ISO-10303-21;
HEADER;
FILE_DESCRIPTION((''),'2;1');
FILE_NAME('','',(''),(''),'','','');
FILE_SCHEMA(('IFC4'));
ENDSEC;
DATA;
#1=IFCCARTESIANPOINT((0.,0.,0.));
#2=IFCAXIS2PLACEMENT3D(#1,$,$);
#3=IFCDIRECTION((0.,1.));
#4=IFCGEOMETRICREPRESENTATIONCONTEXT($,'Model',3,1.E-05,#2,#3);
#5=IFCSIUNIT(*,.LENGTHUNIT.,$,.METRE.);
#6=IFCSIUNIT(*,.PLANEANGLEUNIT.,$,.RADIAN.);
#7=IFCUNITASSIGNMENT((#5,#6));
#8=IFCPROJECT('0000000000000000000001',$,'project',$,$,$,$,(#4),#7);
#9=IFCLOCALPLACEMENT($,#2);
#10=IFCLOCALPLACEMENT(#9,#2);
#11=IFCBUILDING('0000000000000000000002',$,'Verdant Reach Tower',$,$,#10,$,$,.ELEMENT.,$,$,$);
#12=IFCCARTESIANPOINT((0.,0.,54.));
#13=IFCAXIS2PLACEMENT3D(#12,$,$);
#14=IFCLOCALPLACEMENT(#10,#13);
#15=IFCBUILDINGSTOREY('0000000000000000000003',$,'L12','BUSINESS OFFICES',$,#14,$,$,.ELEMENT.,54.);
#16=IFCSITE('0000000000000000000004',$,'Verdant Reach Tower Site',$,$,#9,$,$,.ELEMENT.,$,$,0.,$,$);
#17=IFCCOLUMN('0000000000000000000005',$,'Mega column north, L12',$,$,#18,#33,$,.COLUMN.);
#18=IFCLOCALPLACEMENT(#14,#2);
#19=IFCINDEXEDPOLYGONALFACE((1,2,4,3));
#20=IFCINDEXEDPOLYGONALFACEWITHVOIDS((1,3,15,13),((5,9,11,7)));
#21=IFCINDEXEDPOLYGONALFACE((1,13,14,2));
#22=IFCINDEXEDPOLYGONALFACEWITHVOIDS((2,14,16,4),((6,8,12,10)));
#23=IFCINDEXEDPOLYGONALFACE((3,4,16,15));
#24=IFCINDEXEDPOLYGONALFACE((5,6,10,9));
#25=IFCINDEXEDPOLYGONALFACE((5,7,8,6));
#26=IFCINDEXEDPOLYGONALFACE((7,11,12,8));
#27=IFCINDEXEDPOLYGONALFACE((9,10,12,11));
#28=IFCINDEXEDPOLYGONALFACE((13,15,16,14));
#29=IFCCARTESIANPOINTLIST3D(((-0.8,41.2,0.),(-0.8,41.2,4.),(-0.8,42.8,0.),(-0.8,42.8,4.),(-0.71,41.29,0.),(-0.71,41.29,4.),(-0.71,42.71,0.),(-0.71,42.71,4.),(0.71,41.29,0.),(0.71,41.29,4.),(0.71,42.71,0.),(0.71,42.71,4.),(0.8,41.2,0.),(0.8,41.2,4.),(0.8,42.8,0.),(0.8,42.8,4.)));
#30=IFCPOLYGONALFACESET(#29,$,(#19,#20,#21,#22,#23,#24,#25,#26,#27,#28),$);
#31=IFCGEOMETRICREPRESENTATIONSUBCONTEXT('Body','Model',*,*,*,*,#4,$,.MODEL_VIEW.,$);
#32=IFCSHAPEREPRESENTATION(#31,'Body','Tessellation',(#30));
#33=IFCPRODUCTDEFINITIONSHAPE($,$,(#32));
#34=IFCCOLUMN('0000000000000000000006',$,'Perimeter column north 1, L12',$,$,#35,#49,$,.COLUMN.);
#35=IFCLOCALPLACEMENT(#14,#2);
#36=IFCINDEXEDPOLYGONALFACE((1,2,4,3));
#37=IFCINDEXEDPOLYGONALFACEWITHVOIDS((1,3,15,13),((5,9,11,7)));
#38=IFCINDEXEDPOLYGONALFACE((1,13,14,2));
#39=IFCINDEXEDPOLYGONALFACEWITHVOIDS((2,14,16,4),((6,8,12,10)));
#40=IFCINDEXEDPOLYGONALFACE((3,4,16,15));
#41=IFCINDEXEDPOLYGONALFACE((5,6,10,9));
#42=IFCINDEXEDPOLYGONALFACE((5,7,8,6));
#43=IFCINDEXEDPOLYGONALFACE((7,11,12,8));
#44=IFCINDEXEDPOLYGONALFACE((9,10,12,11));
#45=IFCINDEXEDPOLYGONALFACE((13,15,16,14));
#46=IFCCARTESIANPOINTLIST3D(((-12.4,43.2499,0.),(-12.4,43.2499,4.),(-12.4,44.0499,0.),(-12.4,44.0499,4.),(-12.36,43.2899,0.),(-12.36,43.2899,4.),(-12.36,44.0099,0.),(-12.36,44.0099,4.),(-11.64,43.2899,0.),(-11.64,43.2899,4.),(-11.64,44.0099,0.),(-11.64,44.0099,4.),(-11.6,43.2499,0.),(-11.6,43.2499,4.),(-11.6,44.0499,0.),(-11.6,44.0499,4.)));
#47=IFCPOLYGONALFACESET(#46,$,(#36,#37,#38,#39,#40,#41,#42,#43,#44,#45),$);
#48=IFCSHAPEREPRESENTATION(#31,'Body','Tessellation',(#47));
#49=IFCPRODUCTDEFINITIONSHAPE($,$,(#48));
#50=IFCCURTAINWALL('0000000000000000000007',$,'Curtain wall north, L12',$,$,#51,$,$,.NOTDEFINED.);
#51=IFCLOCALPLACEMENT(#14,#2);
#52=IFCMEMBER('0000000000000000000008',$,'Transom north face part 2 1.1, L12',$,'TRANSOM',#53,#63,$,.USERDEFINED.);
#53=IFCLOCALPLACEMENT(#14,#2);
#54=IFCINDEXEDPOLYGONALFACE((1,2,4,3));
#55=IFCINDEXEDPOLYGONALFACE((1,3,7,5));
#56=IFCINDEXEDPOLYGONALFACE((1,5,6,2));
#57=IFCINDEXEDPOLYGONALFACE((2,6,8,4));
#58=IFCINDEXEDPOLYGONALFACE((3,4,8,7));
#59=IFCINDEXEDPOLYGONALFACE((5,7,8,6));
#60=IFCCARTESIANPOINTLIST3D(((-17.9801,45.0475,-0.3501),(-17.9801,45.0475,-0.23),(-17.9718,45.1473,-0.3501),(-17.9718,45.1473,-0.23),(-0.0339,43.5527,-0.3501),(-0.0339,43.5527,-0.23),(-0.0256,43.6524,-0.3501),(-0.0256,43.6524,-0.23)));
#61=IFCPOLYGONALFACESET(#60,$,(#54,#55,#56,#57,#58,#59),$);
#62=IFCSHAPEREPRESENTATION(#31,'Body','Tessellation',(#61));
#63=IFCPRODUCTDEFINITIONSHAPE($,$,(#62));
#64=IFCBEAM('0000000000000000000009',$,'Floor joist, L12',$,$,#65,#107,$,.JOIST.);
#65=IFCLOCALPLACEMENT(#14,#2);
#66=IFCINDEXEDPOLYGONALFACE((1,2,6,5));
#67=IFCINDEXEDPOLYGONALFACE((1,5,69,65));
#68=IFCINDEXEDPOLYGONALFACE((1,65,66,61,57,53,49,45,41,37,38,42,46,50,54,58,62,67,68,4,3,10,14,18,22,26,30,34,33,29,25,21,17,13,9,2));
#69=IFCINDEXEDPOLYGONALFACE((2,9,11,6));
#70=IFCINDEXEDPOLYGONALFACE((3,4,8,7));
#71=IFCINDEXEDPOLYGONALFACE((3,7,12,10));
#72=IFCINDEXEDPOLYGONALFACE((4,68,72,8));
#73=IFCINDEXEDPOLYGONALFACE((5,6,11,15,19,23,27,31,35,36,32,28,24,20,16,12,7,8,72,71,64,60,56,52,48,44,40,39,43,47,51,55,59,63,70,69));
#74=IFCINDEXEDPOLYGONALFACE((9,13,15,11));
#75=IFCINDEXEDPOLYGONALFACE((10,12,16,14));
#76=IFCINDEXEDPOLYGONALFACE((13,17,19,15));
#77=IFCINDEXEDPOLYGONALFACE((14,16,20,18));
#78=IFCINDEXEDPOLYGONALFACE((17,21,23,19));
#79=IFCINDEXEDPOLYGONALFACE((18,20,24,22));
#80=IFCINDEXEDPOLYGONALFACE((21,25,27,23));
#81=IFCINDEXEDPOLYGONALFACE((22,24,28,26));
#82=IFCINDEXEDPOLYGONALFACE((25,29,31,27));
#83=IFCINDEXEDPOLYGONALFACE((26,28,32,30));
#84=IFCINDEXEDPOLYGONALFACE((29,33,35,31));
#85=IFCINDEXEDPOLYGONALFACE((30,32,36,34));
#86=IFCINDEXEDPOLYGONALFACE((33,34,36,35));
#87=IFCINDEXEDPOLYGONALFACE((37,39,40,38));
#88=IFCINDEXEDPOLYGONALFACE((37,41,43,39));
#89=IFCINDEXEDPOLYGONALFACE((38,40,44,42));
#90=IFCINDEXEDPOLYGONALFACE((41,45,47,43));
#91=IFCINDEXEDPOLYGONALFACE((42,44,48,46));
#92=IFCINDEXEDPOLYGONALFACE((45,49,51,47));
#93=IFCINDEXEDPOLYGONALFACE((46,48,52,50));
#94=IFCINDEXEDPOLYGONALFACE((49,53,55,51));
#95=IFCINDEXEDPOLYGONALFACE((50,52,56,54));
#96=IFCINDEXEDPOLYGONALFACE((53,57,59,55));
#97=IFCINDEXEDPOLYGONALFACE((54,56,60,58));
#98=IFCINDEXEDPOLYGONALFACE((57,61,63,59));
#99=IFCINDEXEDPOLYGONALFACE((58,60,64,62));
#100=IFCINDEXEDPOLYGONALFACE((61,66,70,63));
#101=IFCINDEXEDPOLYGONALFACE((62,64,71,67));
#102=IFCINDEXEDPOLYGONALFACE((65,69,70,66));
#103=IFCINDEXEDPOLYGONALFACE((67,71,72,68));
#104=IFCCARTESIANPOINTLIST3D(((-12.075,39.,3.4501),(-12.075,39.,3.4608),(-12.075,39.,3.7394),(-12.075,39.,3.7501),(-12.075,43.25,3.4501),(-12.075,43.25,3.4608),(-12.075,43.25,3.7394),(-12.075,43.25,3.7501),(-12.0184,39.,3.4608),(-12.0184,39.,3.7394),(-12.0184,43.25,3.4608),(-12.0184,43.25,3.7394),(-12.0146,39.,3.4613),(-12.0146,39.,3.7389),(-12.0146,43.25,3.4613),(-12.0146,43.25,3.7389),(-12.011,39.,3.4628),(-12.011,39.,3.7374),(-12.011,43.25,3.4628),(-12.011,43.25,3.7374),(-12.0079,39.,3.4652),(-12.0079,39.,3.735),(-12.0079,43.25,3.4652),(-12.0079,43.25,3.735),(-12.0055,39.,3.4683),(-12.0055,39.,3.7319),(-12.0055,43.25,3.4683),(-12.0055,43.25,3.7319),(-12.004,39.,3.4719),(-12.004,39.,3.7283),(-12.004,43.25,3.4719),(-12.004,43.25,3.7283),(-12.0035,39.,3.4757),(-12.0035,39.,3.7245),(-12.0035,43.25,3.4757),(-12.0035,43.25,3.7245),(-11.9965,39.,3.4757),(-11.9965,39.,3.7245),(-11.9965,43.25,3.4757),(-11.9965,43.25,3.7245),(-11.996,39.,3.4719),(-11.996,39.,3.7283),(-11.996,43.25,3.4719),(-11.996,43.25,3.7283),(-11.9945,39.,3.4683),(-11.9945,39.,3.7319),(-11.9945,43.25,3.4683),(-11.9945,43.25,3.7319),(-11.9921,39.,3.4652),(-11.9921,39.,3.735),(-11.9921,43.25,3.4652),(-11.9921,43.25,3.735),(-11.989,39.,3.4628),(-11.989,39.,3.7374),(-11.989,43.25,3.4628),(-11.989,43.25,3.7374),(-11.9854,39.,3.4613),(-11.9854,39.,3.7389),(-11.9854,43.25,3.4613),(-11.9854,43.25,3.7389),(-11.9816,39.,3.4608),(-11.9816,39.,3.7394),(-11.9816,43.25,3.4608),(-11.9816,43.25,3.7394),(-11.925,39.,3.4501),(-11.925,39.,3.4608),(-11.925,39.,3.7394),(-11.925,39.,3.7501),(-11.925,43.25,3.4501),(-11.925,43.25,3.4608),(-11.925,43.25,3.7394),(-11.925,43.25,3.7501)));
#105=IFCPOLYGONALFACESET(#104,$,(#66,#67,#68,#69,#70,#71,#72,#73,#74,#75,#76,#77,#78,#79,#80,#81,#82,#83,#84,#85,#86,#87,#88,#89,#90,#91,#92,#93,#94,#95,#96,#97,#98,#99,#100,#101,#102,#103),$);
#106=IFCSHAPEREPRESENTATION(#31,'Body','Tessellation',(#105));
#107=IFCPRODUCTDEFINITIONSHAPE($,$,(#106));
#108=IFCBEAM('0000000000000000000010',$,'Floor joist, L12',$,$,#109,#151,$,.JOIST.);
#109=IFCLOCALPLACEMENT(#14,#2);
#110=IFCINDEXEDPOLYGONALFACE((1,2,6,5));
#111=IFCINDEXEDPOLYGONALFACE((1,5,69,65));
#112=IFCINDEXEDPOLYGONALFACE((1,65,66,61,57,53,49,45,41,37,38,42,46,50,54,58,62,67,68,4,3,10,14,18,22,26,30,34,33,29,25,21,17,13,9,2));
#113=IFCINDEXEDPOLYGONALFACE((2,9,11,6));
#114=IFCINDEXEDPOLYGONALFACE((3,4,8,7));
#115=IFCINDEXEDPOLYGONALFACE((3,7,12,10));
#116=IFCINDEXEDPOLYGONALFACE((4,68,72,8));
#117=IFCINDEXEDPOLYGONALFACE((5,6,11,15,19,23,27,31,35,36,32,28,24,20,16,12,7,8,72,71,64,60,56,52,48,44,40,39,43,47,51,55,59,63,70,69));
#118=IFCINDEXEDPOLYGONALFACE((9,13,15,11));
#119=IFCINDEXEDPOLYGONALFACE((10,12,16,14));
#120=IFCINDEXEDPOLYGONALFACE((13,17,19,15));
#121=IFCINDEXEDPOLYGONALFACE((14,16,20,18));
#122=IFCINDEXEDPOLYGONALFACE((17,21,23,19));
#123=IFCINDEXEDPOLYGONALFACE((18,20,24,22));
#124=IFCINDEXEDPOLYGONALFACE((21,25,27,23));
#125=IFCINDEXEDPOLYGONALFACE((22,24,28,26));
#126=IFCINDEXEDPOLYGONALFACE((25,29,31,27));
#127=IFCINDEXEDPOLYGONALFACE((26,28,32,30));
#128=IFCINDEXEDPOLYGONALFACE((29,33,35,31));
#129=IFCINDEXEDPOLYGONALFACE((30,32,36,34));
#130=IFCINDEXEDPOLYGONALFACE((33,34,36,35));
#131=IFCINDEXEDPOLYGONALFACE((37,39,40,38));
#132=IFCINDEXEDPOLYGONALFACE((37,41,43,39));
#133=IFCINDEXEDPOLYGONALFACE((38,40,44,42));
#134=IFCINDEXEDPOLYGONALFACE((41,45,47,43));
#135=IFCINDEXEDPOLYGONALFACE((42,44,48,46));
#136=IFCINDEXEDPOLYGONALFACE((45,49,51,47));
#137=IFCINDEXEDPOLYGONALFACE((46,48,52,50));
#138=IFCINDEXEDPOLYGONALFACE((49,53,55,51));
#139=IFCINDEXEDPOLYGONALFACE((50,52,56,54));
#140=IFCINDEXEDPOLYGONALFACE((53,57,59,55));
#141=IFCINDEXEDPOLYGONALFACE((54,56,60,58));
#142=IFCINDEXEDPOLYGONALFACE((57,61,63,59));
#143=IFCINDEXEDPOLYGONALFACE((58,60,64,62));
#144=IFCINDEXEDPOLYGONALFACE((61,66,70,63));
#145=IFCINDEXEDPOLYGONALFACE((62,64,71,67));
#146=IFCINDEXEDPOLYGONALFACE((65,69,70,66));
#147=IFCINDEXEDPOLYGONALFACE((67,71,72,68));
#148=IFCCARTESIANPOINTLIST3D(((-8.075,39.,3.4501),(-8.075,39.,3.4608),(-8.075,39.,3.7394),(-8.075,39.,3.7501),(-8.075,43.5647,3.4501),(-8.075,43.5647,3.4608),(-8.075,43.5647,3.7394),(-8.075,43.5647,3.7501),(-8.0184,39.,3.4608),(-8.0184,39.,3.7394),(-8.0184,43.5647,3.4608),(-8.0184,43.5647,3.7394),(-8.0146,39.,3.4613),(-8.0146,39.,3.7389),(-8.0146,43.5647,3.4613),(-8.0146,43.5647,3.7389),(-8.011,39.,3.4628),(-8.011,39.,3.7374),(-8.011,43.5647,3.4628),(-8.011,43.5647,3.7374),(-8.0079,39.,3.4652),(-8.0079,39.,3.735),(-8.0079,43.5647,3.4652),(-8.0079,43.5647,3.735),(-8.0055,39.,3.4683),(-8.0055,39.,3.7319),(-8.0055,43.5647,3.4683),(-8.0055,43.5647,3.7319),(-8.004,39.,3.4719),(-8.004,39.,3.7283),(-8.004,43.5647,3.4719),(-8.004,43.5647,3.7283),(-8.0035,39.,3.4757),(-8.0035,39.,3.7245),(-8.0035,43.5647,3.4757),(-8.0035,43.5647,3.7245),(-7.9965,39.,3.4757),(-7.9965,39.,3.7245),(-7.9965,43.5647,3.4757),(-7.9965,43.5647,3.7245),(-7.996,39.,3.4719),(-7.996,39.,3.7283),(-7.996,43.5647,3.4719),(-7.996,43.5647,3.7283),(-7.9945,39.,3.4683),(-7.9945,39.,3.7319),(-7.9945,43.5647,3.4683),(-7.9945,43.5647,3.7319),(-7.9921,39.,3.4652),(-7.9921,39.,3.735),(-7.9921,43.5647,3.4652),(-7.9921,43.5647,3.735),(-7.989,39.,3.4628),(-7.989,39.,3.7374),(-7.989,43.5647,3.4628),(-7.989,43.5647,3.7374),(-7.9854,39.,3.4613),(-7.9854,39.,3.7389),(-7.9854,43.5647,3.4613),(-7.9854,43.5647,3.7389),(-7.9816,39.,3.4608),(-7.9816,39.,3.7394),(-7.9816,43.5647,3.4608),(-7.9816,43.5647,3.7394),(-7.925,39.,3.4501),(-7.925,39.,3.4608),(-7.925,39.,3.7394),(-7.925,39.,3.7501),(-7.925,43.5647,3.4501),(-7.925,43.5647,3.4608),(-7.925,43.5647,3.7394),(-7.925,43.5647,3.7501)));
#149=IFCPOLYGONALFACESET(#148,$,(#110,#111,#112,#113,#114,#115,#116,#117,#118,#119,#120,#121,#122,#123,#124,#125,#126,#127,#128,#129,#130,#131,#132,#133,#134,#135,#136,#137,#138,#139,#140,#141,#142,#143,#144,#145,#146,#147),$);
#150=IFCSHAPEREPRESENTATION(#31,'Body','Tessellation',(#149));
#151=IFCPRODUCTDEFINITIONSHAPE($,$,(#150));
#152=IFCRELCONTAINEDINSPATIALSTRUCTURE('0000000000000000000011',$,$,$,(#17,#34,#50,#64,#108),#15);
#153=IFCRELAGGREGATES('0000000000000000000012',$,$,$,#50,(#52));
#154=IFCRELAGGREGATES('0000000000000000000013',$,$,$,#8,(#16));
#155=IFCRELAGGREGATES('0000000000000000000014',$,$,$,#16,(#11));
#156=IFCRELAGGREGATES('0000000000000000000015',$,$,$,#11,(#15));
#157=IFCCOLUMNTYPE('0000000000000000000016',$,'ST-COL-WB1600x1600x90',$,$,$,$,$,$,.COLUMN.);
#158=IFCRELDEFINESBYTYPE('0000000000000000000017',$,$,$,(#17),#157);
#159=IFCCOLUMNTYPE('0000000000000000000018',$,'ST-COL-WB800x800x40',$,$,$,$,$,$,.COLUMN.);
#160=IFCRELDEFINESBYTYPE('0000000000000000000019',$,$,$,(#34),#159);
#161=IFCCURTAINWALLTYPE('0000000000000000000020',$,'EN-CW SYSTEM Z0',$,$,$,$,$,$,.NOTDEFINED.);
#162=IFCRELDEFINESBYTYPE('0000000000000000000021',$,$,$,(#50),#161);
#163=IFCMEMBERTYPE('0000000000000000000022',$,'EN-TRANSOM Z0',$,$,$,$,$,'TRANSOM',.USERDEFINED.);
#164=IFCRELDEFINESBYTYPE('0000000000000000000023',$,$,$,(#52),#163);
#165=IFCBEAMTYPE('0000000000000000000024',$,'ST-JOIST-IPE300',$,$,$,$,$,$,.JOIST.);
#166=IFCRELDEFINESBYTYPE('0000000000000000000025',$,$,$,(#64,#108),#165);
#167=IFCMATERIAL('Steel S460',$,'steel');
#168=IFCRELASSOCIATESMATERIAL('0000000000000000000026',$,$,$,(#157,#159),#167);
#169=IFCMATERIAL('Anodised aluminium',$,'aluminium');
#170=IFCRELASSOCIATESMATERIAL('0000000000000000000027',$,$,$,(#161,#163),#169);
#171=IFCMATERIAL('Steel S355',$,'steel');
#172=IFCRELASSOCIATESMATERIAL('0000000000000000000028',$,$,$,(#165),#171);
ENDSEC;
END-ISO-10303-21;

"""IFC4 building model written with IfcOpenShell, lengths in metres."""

from ifc_helpers import new_model, si_unit, direction, frame, origin, origin_2d, place, context, subcontext, project, spatial, rectangle, hollow_rectangle, i_section, extrude, material, material_profile, profile_set, type_object, element, aggregate, save


model = new_model("IFC4")

# Units and contexts
model_context = context("Model", 3, precision=1e-05, world=origin(), true_north=direction((0.0, 1.0)))
body_context = subcontext(model_context, "Body", "Model", "MODEL_VIEW")
ifc_project = project(units=[si_unit("LENGTHUNIT", "METRE"), si_unit("PLANEANGLEUNIT", "RADIAN")], contexts=[model_context])

# Site, building, storey
site_placement = place(None, origin())
site = spatial("IfcSite", under=ifc_project, at=site_placement, Name="Verdant Reach Tower Site", CompositionType="ELEMENT", RefElevation=0.0)
building_placement = place(site_placement, origin())
building = spatial("IfcBuilding", under=site, at=building_placement, Name="Verdant Reach Tower", CompositionType="ELEMENT")
storey_placement = place(building_placement, frame((0.0, 0.0, 54.0)))
storey = spatial("IfcBuildingStorey", under=building, at=storey_placement, Name="L12", Description="BUSINESS OFFICES", CompositionType="ELEMENT", Elevation=54.0)

# Columns
ifc_material_1 = material(Name="Steel S460", Category="steel")
ifc_material_profile_1 = material_profile(ifc_material_1, hollow_rectangle(XDim=1.6001, YDim=1.6001, WallThickness=0.0901, at=origin_2d()), Name="WB 1600x1600x90")
ifc_profile_set_1 = profile_set([ifc_material_profile_1], Name="Steel S460")
column_type_1 = type_object("IfcColumnType", Name="ST-COL-WB1600x1600x90", PredefinedType="COLUMN", material=ifc_profile_set_1)
column_1_placement = place(storey_placement, frame((0.0, 42.0, 0.0), z_axis=(0.0, 0.0, 1.0), x_axis=(1.0, 0.0, 0.0)))
element("IfcColumn", 1, at=column_1_placement, inside=storey, type_object=column_type_1, Name="Mega column north, L12", PredefinedType="COLUMN", context=body_context, shape_type="SweptSolid", body=[
    extrude(hollow_rectangle(XDim=1.6001, YDim=1.6001, WallThickness=0.0901, at=origin_2d()), origin(), (0.0, 0.0, 1.0), 4.0),
])
ifc_material_profile_2 = material_profile(ifc_material_1, hollow_rectangle(XDim=0.8, YDim=0.8, WallThickness=0.04, at=origin_2d()), Name="WB 800x800x40")
ifc_profile_set_2 = profile_set([ifc_material_profile_2], Name="Steel S460")
column_type_2 = type_object("IfcColumnType", Name="ST-COL-WB800x800x40", PredefinedType="COLUMN", material=ifc_profile_set_2)
column_2_placement = place(storey_placement, frame((-12.0, 43.6499, 0.0), z_axis=(0.0, 0.0, 1.0), x_axis=(1.0, 0.0, 0.0)))
element("IfcColumn", 2, at=column_2_placement, inside=storey, type_object=column_type_2, Name="Perimeter column north 1, L12", PredefinedType="COLUMN", context=body_context, shape_type="SweptSolid", body=[
    extrude(hollow_rectangle(XDim=0.8, YDim=0.8, WallThickness=0.04, at=origin_2d()), origin(), (0.0, 0.0, 1.0), 4.0),
])

# Curtain wall, member
ifc_material_2 = material(Name="Anodised aluminium", Category="aluminium")
curtain_wall_type = type_object("IfcCurtainWallType", Name="EN-CW SYSTEM Z0", PredefinedType="NOTDEFINED", material=ifc_material_2)
curtain_wall_placement = place(storey_placement, origin())
curtain_wall = element("IfcCurtainWall", 3, at=curtain_wall_placement, inside=storey, type_object=curtain_wall_type, Name="Curtain wall north, L12", PredefinedType="NOTDEFINED")
ifc_material_profile_3 = material_profile(ifc_material_2, rectangle(XDim=0.1001, YDim=0.1201, at=origin_2d()), Name="Transom 120x100")
ifc_profile_set_3 = profile_set([ifc_material_profile_3], Name="Anodised aluminium")
member_type = type_object("IfcMemberType", Name="EN-TRANSOM Z0", ElementType="TRANSOM", PredefinedType="USERDEFINED", material=ifc_profile_set_3)
member_placement = place(storey_placement, frame((-0.0298, 43.6025, -0.29), z_axis=(-0.996549, 0.083011, 0.0), x_axis=(-0.083011, -0.996549, 0.0)))
member = element("IfcMember", 4, at=member_placement, type_object=member_type, Name="Transom north face part 2 1.1, L12", ObjectType="TRANSOM", PredefinedType="USERDEFINED", context=body_context, shape_type="SweptSolid", body=[
    extrude(rectangle(XDim=0.1001, YDim=0.1201, at=origin_2d()), origin(), (0.0, 0.0, 1.0), 18.0083),
])

# Beams
ifc_material_3 = material(Name="Steel S355", Category="steel")
ifc_material_profile_4 = material_profile(ifc_material_3, i_section(OverallWidth=0.1499, OverallDepth=0.3, WebThickness=0.0071, FlangeThickness=0.0107, FilletRadius=0.0149, at=origin_2d()), Name="IPE 300")
ifc_profile_set_4 = profile_set([ifc_material_profile_4], Name="Steel S355")
beam_type_1 = type_object("IfcBeamType", Name="ST-JOIST-IPE300", PredefinedType="JOIST", material=ifc_profile_set_4)
beam_1_placement = place(storey_placement, frame((-12.0, 39.0, 3.6001), z_axis=(0.0, 1.0, 0.0), x_axis=(-1.0, 0.0, 0.0)))
element("IfcBeam", 5, at=beam_1_placement, inside=storey, type_object=beam_type_1, Name="Floor joist, L12", PredefinedType="JOIST", context=body_context, shape_type="SweptSolid", body=[
    extrude(i_section(OverallWidth=0.1499, OverallDepth=0.3, WebThickness=0.0071, FlangeThickness=0.0107, FilletRadius=0.0149, at=origin_2d()), origin(), (0.0, 0.0, 1.0), 4.25),
])
beam_2_placement = place(storey_placement, frame((-8.0, 39.0, 3.6001), z_axis=(0.0, 1.0, 0.0), x_axis=(-1.0, 0.0, 0.0)))
element("IfcBeam", 6, at=beam_2_placement, inside=storey, type_object=beam_type_1, Name="Floor joist, L12", PredefinedType="JOIST", context=body_context, shape_type="SweptSolid", body=[
    extrude(i_section(OverallWidth=0.1499, OverallDepth=0.3, WebThickness=0.0071, FlangeThickness=0.0107, FilletRadius=0.0149, at=origin_2d()), origin(), (0.0, 0.0, 1.0), 4.5647),
])

aggregate(curtain_wall, [member])

save(model, "model.ifc")
